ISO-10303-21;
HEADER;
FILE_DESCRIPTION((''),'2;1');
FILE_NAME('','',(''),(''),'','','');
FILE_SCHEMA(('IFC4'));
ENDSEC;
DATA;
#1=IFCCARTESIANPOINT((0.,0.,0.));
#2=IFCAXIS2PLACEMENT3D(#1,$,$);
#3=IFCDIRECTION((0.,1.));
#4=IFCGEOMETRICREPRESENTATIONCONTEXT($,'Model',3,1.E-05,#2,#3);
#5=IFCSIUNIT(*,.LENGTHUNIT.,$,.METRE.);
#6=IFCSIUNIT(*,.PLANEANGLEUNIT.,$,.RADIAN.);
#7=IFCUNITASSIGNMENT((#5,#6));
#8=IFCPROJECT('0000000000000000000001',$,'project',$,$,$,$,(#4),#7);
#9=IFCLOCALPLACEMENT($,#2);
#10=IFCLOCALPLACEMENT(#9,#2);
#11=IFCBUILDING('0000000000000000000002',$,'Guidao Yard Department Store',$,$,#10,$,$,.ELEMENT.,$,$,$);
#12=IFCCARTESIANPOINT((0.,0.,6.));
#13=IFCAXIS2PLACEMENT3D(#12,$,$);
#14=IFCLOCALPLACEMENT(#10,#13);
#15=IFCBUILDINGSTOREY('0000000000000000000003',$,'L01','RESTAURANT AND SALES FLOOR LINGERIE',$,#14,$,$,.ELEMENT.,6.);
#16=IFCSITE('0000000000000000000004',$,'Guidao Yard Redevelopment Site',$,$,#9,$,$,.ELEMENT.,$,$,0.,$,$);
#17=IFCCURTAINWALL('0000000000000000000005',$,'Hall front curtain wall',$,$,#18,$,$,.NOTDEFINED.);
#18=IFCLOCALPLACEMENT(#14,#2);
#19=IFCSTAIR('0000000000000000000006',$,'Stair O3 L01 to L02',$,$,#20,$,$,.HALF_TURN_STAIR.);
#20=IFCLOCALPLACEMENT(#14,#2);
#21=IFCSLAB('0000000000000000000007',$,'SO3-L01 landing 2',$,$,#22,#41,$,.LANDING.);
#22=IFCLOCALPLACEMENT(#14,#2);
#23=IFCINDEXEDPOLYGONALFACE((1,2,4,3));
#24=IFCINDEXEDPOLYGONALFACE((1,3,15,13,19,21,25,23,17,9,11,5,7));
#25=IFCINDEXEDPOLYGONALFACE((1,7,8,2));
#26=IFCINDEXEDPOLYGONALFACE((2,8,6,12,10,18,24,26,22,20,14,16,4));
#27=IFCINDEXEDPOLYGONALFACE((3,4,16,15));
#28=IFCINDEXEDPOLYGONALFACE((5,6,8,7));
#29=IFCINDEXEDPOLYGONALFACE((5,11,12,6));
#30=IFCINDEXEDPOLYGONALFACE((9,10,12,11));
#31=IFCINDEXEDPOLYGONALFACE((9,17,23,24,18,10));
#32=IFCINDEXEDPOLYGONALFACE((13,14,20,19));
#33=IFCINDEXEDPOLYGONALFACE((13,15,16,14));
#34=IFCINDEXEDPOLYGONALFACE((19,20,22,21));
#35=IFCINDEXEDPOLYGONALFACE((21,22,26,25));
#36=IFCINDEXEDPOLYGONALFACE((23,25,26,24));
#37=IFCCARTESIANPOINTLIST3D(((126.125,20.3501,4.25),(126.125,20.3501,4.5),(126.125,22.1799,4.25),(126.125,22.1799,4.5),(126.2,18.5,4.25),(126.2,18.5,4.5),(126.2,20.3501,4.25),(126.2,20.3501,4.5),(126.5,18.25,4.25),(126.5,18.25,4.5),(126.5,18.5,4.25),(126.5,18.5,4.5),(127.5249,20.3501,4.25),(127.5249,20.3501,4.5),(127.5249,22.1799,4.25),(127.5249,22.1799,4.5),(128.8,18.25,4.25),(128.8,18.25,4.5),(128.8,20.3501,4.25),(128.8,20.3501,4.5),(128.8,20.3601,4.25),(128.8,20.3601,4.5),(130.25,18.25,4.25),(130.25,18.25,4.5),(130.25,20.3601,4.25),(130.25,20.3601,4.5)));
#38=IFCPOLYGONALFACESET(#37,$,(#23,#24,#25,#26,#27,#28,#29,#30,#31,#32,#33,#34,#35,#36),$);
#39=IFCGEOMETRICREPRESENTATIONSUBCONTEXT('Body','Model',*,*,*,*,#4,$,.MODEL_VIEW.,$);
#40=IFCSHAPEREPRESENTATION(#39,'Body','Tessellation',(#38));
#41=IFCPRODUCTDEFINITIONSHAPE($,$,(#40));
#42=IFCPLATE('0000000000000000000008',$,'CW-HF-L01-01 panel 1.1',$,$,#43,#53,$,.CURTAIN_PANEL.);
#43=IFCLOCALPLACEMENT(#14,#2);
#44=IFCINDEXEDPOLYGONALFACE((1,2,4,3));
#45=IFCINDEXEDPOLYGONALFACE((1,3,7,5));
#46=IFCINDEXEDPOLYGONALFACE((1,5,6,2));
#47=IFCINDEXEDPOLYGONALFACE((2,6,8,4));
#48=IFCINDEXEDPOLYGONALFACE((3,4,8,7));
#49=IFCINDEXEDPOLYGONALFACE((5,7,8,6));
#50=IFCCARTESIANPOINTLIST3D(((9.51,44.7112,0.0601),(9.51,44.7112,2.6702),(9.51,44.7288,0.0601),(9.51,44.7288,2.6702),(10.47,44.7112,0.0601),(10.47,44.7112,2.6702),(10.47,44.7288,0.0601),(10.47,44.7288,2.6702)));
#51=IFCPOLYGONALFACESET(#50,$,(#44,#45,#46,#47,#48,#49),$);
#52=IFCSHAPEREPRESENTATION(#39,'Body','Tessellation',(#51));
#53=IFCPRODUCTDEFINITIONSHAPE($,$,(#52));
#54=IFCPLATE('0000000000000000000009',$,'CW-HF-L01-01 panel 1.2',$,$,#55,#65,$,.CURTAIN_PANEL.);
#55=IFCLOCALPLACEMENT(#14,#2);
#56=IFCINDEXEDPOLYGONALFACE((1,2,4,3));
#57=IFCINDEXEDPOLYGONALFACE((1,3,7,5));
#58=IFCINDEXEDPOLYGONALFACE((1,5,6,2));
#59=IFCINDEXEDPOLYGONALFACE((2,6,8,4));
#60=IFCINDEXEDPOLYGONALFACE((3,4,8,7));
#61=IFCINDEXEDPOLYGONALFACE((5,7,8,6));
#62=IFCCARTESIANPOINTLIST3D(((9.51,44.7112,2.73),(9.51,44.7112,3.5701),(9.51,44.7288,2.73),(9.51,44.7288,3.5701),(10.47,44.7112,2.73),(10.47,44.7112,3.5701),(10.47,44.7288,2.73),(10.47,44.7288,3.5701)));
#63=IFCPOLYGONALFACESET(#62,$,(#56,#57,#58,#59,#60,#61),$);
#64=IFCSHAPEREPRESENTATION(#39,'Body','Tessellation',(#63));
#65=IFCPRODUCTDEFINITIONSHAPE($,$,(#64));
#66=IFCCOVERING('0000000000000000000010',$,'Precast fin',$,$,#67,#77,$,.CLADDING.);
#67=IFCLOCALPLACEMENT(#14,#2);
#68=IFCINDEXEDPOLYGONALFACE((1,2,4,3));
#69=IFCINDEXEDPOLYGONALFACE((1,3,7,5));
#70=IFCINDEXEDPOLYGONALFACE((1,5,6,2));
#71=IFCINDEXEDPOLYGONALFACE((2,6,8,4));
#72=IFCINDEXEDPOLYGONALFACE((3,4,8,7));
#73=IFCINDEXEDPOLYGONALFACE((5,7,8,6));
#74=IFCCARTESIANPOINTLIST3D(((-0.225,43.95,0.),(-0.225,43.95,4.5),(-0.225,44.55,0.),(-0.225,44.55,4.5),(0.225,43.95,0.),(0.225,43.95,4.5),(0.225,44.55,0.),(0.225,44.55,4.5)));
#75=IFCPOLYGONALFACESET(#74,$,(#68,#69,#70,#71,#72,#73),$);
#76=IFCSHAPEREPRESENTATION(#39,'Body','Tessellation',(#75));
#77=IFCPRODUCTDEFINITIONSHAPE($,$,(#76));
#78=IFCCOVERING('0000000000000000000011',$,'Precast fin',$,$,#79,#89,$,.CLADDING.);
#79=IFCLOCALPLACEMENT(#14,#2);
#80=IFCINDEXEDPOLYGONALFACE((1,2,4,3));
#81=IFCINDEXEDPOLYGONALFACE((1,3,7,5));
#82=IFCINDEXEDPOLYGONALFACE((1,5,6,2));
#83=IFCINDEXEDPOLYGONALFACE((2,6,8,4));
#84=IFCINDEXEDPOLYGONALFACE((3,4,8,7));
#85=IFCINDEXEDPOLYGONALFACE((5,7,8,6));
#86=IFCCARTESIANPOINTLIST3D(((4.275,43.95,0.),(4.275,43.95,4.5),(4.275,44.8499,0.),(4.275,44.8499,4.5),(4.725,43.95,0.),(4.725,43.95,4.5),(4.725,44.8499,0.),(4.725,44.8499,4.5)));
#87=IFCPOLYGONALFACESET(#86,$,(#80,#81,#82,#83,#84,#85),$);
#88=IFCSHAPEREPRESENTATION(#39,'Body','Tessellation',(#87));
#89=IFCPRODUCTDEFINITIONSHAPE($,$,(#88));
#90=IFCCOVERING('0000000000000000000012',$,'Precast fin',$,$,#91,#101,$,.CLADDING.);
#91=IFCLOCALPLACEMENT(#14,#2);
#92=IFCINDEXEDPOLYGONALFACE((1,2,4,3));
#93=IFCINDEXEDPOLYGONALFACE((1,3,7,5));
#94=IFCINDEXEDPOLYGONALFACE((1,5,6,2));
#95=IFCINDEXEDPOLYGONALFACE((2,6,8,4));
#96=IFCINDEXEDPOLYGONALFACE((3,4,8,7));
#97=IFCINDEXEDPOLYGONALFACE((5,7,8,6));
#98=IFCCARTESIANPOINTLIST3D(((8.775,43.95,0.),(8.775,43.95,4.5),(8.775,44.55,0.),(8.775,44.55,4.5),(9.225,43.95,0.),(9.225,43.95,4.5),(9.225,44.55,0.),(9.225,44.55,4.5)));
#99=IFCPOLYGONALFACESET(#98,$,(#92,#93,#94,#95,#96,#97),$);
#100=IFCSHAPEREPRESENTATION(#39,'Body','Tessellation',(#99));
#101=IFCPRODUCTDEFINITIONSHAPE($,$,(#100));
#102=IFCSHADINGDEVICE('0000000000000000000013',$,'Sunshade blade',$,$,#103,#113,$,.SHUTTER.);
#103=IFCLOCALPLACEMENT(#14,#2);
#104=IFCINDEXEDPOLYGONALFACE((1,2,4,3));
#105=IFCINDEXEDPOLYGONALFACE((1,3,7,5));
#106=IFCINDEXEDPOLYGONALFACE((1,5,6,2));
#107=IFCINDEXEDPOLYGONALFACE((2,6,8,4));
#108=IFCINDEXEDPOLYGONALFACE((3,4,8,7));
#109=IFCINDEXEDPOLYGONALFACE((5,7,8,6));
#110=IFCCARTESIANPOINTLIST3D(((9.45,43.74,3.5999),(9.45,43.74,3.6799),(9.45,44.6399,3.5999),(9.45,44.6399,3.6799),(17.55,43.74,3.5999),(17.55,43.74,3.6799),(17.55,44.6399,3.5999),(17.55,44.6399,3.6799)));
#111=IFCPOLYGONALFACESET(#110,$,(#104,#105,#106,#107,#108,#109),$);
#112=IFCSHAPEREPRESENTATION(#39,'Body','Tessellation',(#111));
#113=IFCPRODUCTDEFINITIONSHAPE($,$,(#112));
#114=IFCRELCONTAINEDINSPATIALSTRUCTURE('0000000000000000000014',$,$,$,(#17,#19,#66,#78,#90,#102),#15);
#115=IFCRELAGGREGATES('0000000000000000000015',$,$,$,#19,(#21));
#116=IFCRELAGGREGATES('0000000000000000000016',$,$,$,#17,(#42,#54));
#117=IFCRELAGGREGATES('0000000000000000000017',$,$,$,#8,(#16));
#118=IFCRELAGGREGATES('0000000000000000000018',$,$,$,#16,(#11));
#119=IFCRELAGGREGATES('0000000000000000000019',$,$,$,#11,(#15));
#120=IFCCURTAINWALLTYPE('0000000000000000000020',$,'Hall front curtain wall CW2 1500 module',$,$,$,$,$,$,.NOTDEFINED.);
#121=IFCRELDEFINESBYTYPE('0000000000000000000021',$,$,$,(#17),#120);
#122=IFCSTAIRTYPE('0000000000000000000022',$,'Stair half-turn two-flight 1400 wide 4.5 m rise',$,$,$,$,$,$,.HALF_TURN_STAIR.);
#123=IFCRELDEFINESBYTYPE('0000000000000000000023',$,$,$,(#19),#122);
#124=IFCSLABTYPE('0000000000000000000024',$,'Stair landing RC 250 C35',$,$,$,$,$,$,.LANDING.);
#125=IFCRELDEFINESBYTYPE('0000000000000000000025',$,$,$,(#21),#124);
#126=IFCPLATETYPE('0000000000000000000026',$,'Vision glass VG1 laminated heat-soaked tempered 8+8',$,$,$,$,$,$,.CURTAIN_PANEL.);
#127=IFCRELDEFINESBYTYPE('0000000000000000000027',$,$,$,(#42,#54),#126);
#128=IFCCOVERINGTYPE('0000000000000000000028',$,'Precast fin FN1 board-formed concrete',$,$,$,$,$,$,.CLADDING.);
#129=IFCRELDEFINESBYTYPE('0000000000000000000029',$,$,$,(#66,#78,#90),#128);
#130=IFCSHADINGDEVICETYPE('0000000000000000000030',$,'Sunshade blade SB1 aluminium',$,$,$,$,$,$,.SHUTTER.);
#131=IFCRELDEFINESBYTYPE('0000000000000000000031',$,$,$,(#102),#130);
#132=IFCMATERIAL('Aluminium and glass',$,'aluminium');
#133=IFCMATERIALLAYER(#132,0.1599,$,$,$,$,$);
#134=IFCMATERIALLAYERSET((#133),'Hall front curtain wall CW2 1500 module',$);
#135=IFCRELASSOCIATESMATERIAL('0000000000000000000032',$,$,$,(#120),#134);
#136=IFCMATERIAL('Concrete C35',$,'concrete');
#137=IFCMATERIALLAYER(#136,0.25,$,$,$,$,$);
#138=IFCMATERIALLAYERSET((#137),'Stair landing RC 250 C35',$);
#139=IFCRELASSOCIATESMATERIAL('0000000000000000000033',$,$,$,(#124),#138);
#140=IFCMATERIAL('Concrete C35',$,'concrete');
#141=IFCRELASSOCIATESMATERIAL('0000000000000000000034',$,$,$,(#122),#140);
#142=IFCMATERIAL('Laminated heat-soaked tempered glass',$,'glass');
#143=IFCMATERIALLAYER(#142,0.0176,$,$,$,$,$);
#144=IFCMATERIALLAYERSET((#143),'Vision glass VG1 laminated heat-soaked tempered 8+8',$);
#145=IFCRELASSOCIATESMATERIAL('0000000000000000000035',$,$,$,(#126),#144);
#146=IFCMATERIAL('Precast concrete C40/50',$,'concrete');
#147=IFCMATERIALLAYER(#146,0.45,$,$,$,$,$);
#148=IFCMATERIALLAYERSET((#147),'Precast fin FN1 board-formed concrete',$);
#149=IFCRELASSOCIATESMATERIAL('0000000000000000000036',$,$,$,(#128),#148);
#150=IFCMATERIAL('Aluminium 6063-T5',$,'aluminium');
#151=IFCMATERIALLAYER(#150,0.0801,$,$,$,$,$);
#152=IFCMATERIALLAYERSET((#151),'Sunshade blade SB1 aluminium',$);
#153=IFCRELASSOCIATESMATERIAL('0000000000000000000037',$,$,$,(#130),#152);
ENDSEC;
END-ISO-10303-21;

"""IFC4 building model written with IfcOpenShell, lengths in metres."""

from ifc_helpers import new_model, si_unit, direction, frame, origin, origin_2d, place, context, subcontext, project, spatial, polyline, rectangle, outline, extrude, material, layer, layer_set, type_object, element, aggregate, save


model = new_model("IFC4")

# Units and contexts
model_context = context("Model", 3, precision=1e-05, world=origin(), true_north=direction((0.0, 1.0)))
body_context = subcontext(model_context, "Body", "Model", "MODEL_VIEW")
ifc_project = project(units=[si_unit("LENGTHUNIT", "METRE"), si_unit("PLANEANGLEUNIT", "RADIAN")], contexts=[model_context])

# Site, building, storey
site_placement = place(None, origin())
site = spatial("IfcSite", under=ifc_project, at=site_placement, Name="Guidao Yard Redevelopment Site", CompositionType="ELEMENT", RefElevation=0.0)
building_placement = place(site_placement, origin())
building = spatial("IfcBuilding", under=site, at=building_placement, Name="Guidao Yard Department Store", CompositionType="ELEMENT")
storey_placement = place(building_placement, frame((0.0, 0.0, 6.0)))
storey = spatial("IfcBuildingStorey", under=building, at=storey_placement, Name="L01", Description="RESTAURANT AND SALES FLOOR LINGERIE", CompositionType="ELEMENT", Elevation=6.0)

# Curtain wall
ifc_material_1 = material(Name="Aluminium and glass", Category="aluminium")
ifc_layer_1 = layer(ifc_material_1, 0.1599)
ifc_layer_set_1 = layer_set([ifc_layer_1], Name="Hall front curtain wall CW2 1500 module")
curtain_wall_type = type_object("IfcCurtainWallType", Name="Hall front curtain wall CW2 1500 module", PredefinedType="NOTDEFINED", material=ifc_layer_set_1)
curtain_wall_placement = place(storey_placement, origin())
curtain_wall = element("IfcCurtainWall", 1, at=curtain_wall_placement, inside=storey, type_object=curtain_wall_type, Name="Hall front curtain wall", PredefinedType="NOTDEFINED")

# Stair, slab
ifc_material_2 = material(Name="Concrete C35", Category="concrete")
ifc_layer_2 = layer(ifc_material_2, 0.25)
ifc_layer_set_2 = layer_set([ifc_layer_2], Name="Stair landing RC 250 C35")
slab_type = type_object("IfcSlabType", Name="Stair landing RC 250 C35", PredefinedType="LANDING", material=ifc_layer_set_2)
ifc_material_3 = material(Name="Concrete C35", Category="concrete")
stair_type_1 = type_object("IfcStairType", Name="Stair half-turn two-flight 1400 wide 4.5 m rise", PredefinedType="HALF_TURN_STAIR", material=ifc_material_3)
stair_1_placement = place(storey_placement, origin())
stair_1 = element("IfcStair", 2, at=stair_1_placement, inside=storey, type_object=stair_type_1, Name="Stair O3 L01 to L02", PredefinedType="HALF_TURN_STAIR")
slab_1_placement = place(storey_placement, frame((0.0, 0.0, 4.25)))
slab_1 = element("IfcSlab", 3, at=slab_1_placement, type_object=slab_type, Name="SO3-L01 landing 2", PredefinedType="LANDING", context=body_context, shape_type="SweptSolid", body=[
    extrude(outline(polyline([(130.25, 20.3601), (130.25, 18.25), (128.8, 18.25), (126.5, 18.25), (126.5, 18.5), (126.2, 18.5), (126.2, 20.3501), (126.125, 20.3501), (126.125, 22.1799), (127.5249, 22.1799), (127.5249, 20.3501), (128.8, 20.3501), (128.8, 20.3601), (130.25, 20.3601)])), origin(), (0.0, 0.0, 1.0), 0.25),
])
aggregate(stair_1, [slab_1])

# Plates
ifc_material_4 = material(Name="Laminated heat-soaked tempered glass", Category="glass")
ifc_layer_3 = layer(ifc_material_4, 0.0176)
ifc_layer_set_3 = layer_set([ifc_layer_3], Name="Vision glass VG1 laminated heat-soaked tempered 8+8")
plate_type_1 = type_object("IfcPlateType", Name="Vision glass VG1 laminated heat-soaked tempered 8+8", PredefinedType="CURTAIN_PANEL", material=ifc_layer_set_3)
plate_1_placement = place(storey_placement, frame((9.99, 44.72, 0.0601), z_axis=(0.0, 0.0, 1.0), x_axis=(-1.0, 0.0, 0.0)))
plate_1 = element("IfcPlate", 4, at=plate_1_placement, type_object=plate_type_1, Name="CW-HF-L01-01 panel 1.1", PredefinedType="CURTAIN_PANEL", context=body_context, shape_type="SweptSolid", body=[
    extrude(rectangle(XDim=0.96, YDim=0.0176, at=origin_2d()), origin(), (0.0, 0.0, 1.0), 2.6101),
])
plate_2_placement = place(storey_placement, frame((9.99, 44.72, 2.73), z_axis=(0.0, 0.0, 1.0), x_axis=(-1.0, 0.0, 0.0)))
plate_2 = element("IfcPlate", 5, at=plate_2_placement, type_object=plate_type_1, Name="CW-HF-L01-01 panel 1.2", PredefinedType="CURTAIN_PANEL", context=body_context, shape_type="SweptSolid", body=[
    extrude(rectangle(XDim=0.96, YDim=0.0176, at=origin_2d()), origin(), (0.0, 0.0, 1.0), 0.8401),
])
aggregate(curtain_wall, [plate_1, plate_2])

# Coverings
ifc_material_5 = material(Name="Precast concrete C40/50", Category="concrete")
ifc_layer_4 = layer(ifc_material_5, 0.45)
ifc_layer_set_4 = layer_set([ifc_layer_4], Name="Precast fin FN1 board-formed concrete")
covering_type = type_object("IfcCoveringType", Name="Precast fin FN1 board-formed concrete", PredefinedType="CLADDING", material=ifc_layer_set_4)
covering_1_placement = place(storey_placement, frame((0.0, 44.25, 0.0), z_axis=(0.0, 0.0, 1.0), x_axis=(-1.0, 0.0, 0.0)))
element("IfcCovering", 6, at=covering_1_placement, inside=storey, type_object=covering_type, Name="Precast fin", PredefinedType="CLADDING", context=body_context, shape_type="SweptSolid", body=[
    extrude(rectangle(XDim=0.45, YDim=0.6001, at=origin_2d()), origin(), (0.0, 0.0, 1.0), 4.5),
])
covering_2_placement = place(storey_placement, frame((4.5, 44.3999, 0.0), z_axis=(0.0, 0.0, 1.0), x_axis=(-1.0, 0.0, 0.0)))
element("IfcCovering", 7, at=covering_2_placement, inside=storey, type_object=covering_type, Name="Precast fin", PredefinedType="CLADDING", context=body_context, shape_type="SweptSolid", body=[
    extrude(rectangle(XDim=0.45, YDim=0.8999, at=origin_2d()), origin(), (0.0, 0.0, 1.0), 4.5),
])
covering_3_placement = place(storey_placement, frame((9.0, 44.25, 0.0), z_axis=(0.0, 0.0, 1.0), x_axis=(-1.0, 0.0, 0.0)))
element("IfcCovering", 8, at=covering_3_placement, inside=storey, type_object=covering_type, Name="Precast fin", PredefinedType="CLADDING", context=body_context, shape_type="SweptSolid", body=[
    extrude(rectangle(XDim=0.45, YDim=0.6001, at=origin_2d()), origin(), (0.0, 0.0, 1.0), 4.5),
])

# Shading device
ifc_material_6 = material(Name="Aluminium 6063-T5", Category="aluminium")
ifc_layer_5 = layer(ifc_material_6, 0.0801)
ifc_layer_set_5 = layer_set([ifc_layer_5], Name="Sunshade blade SB1 aluminium")
shading_device_type = type_object("IfcShadingDeviceType", Name="Sunshade blade SB1 aluminium", PredefinedType="SHUTTER", material=ifc_layer_set_5)
shading_device_placement = place(storey_placement, frame((13.5, 44.1899, 3.5999), z_axis=(0.0, 0.0, 1.0), x_axis=(-1.0, 0.0, 0.0)))
element("IfcShadingDevice", 9, at=shading_device_placement, inside=storey, type_object=shading_device_type, Name="Sunshade blade", PredefinedType="SHUTTER", context=body_context, shape_type="SweptSolid", body=[
    extrude(rectangle(XDim=8.1001, YDim=0.8999, at=origin_2d()), origin(), (0.0, 0.0, 1.0), 0.0801),
])

save(model, "model.ifc")
